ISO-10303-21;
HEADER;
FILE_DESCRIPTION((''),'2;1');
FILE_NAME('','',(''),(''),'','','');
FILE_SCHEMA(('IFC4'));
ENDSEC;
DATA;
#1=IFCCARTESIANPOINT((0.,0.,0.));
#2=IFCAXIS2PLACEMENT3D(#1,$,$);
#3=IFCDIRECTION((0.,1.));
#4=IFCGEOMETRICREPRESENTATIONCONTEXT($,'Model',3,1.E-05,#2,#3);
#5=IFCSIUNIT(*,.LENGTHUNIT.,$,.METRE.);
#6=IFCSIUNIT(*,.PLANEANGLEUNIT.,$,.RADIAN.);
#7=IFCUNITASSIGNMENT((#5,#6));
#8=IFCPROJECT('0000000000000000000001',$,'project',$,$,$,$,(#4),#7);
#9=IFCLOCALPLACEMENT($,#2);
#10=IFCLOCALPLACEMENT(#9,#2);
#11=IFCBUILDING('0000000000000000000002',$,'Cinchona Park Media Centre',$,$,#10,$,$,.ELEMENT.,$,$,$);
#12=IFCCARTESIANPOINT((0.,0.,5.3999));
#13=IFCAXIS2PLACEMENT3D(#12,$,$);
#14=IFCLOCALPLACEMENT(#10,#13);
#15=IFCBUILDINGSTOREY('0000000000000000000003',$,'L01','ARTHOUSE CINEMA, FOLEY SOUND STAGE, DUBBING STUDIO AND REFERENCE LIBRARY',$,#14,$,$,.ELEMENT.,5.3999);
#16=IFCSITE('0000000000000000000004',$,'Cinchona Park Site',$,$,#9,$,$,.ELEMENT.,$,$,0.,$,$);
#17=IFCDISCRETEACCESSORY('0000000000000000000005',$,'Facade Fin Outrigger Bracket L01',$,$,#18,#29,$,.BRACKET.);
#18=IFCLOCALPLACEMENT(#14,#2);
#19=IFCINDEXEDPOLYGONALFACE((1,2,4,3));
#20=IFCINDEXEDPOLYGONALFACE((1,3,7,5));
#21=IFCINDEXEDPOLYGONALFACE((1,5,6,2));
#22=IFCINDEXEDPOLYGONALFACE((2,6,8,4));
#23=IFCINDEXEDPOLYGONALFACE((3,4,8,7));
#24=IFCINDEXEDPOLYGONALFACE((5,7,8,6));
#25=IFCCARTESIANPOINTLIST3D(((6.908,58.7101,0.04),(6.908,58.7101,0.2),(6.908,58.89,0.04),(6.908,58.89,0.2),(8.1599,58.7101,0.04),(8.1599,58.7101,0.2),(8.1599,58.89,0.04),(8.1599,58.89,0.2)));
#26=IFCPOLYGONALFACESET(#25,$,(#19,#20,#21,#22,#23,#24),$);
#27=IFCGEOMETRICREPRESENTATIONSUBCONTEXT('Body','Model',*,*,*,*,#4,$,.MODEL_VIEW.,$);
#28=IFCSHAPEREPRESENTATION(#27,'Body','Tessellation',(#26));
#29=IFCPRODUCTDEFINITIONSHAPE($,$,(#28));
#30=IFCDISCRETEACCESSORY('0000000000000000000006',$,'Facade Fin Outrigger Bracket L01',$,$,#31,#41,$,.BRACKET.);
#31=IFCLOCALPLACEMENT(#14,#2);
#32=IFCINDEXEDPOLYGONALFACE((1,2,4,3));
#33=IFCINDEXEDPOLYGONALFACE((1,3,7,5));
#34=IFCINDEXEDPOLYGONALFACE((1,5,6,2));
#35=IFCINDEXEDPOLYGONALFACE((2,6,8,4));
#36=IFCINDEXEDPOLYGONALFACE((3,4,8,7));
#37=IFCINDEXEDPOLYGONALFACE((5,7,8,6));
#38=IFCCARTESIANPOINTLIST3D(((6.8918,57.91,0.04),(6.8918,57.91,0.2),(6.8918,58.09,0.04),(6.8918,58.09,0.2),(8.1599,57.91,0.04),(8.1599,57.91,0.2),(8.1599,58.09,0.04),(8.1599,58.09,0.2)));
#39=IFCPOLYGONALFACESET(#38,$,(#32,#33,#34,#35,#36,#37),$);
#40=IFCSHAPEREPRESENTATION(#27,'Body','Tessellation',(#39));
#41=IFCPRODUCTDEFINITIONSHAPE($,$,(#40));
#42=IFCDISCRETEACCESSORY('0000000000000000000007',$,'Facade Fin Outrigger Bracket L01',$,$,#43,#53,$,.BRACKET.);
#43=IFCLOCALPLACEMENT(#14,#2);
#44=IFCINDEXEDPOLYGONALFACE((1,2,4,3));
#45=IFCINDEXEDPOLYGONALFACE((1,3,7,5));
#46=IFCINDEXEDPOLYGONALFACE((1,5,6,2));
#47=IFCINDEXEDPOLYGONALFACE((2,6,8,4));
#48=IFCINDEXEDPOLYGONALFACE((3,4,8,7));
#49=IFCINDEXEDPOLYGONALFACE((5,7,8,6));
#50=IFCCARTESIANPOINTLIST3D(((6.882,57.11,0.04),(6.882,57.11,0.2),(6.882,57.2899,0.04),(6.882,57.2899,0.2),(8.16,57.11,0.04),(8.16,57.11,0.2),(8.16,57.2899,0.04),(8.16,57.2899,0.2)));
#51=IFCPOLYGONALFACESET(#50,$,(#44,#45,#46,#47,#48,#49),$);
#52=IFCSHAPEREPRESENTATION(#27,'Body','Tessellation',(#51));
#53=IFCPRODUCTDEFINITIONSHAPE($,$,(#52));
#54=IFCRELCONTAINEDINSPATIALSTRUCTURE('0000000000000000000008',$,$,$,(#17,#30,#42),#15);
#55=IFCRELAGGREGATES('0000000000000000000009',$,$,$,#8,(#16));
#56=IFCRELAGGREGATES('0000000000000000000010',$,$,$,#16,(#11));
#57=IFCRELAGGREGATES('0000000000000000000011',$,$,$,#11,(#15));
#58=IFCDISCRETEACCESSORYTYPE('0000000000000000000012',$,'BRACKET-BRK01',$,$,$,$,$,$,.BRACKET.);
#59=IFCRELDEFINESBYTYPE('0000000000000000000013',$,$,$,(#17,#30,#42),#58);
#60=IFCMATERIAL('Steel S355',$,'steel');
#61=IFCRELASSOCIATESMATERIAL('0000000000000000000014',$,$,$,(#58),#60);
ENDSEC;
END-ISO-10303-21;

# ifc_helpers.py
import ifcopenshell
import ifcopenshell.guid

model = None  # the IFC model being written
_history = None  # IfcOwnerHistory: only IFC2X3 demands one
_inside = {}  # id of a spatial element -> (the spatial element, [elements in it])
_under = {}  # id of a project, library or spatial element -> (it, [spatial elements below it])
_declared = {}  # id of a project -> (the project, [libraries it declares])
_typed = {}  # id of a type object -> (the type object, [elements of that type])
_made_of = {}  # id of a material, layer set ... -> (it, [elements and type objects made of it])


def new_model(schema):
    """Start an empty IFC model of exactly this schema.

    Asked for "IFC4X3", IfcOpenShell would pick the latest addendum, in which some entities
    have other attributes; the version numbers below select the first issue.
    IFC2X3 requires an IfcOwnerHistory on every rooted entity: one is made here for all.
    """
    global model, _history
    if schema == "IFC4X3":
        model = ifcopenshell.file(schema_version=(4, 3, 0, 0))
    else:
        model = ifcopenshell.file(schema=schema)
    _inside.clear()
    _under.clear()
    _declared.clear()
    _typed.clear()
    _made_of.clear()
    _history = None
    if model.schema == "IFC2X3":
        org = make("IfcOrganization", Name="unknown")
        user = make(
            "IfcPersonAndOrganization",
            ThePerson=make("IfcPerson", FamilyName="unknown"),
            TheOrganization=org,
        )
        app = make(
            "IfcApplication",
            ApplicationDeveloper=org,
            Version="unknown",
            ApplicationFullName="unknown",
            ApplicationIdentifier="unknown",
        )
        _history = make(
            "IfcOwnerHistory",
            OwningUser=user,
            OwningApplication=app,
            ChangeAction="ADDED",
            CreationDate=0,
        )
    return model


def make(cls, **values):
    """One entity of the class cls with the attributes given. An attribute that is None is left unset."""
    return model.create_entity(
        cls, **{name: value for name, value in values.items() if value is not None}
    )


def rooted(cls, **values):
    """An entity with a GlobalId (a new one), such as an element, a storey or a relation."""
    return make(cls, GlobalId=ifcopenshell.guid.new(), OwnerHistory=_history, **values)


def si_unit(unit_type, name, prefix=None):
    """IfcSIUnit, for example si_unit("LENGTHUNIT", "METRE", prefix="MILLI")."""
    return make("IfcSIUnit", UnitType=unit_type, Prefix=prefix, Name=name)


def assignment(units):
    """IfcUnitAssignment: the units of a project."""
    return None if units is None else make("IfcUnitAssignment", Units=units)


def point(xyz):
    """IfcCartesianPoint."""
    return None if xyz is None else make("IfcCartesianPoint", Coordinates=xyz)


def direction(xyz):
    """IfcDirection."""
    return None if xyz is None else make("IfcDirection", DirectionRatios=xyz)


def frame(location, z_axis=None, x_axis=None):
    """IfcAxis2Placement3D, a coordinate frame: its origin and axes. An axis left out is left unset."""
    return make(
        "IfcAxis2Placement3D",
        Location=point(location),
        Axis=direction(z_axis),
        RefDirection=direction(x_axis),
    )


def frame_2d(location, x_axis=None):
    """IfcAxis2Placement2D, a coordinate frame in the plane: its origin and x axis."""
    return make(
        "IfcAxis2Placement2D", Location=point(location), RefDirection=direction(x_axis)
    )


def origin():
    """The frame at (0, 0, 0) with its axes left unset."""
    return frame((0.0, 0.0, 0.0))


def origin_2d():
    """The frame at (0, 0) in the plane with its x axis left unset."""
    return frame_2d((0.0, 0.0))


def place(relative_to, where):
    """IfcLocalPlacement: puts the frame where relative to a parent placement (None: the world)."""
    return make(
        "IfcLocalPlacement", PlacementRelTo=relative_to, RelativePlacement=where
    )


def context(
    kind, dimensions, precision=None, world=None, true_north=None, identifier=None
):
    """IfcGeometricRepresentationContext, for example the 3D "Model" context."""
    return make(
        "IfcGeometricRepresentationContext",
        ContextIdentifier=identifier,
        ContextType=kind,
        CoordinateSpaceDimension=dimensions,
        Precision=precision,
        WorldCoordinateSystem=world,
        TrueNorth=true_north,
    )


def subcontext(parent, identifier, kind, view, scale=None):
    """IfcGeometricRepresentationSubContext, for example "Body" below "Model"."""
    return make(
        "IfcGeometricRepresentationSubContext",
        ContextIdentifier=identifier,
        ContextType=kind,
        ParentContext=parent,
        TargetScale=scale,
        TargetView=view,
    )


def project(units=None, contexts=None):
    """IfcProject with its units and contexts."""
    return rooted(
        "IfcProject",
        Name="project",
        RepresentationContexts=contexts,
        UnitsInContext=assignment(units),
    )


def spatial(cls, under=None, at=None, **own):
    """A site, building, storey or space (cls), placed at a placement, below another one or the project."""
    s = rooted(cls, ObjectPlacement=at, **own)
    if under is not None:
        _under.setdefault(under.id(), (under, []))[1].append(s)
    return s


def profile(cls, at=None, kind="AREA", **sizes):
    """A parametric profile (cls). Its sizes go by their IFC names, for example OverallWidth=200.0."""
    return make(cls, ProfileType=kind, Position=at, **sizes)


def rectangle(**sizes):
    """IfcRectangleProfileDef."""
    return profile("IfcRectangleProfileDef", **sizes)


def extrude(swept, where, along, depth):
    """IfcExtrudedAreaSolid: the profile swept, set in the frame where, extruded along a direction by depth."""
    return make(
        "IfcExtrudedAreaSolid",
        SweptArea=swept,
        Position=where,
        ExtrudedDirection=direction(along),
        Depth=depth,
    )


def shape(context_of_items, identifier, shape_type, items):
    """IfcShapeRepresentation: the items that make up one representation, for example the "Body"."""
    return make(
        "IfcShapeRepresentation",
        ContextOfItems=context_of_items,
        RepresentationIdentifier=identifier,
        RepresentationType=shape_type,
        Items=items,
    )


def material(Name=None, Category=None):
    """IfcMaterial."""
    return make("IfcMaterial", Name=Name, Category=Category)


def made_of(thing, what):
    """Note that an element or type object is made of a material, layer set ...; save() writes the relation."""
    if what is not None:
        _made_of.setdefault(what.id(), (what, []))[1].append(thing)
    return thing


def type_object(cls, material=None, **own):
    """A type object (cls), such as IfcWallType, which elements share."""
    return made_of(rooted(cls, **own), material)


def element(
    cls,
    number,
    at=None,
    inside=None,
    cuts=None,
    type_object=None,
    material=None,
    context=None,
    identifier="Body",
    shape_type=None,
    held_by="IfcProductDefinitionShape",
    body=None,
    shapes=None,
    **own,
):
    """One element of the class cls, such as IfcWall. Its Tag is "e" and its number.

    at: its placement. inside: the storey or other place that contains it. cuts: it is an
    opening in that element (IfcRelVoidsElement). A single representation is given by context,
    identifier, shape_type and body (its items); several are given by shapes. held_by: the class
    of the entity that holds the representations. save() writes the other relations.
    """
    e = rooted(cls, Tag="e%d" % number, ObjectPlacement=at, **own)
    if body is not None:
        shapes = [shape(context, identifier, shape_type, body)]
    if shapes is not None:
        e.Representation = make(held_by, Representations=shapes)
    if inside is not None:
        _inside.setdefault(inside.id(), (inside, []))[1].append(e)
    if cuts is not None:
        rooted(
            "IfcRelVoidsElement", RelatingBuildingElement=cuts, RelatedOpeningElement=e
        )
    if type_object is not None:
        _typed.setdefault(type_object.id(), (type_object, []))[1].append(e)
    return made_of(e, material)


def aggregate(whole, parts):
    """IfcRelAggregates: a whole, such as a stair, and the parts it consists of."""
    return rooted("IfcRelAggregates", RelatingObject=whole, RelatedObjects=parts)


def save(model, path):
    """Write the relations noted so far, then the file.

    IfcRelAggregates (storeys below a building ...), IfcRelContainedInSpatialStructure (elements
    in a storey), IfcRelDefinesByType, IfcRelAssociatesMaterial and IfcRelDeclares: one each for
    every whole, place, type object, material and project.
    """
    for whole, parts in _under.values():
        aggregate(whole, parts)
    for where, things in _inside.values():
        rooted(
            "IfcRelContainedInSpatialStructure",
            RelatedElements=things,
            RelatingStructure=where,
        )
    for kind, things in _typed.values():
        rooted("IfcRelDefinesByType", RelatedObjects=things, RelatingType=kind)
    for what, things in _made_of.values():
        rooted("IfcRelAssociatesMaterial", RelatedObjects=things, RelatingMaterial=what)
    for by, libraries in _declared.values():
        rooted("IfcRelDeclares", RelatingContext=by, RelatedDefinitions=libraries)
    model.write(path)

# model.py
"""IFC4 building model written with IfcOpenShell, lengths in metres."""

from ifc_helpers import new_model, si_unit, direction, frame, origin, origin_2d, place, context, subcontext, project, spatial, rectangle, extrude, material, type_object, element, save


model = new_model("IFC4")

# Units and contexts
model_context = context("Model", 3, precision=1e-05, world=origin(), true_north=direction((0.0, 1.0)))
body_context = subcontext(model_context, "Body", "Model", "MODEL_VIEW")
ifc_project = project(units=[si_unit("LENGTHUNIT", "METRE"), si_unit("PLANEANGLEUNIT", "RADIAN")], contexts=[model_context])

# Site, building, storey
site_placement = place(None, origin())
site = spatial("IfcSite", under=ifc_project, at=site_placement, Name="Cinchona Park Site", CompositionType="ELEMENT", RefElevation=0.0)
building_placement = place(site_placement, origin())
building = spatial("IfcBuilding", under=site, at=building_placement, Name="Cinchona Park Media Centre", CompositionType="ELEMENT")
storey_placement = place(building_placement, frame((0.0, 0.0, 5.3999)))
storey = spatial("IfcBuildingStorey", under=building, at=storey_placement, Name="L01", Description="ARTHOUSE CINEMA, FOLEY SOUND STAGE, DUBBING STUDIO AND REFERENCE LIBRARY", CompositionType="ELEMENT", Elevation=5.3999)

# Discrete accessories
ifc_material_1 = material(Name="Steel S355", Category="steel")
discrete_accessory_type = type_object("IfcDiscreteAccessoryType", Name="BRACKET-BRK01", PredefinedType="BRACKET", material=ifc_material_1)
discrete_accessory_1_placement = place(storey_placement, frame((7.5339, 58.8, 0.04), z_axis=(0.0, 0.0, 1.0), x_axis=(0.0, -1.0, 0.0)))
element("IfcDiscreteAccessory", 1, at=discrete_accessory_1_placement, inside=storey, type_object=discrete_accessory_type, Name="Facade Fin Outrigger Bracket L01", PredefinedType="BRACKET", context=body_context, shape_type="SweptSolid", body=[
    extrude(rectangle(XDim=0.1799, YDim=1.252, at=origin_2d()), origin(), (0.0, 0.0, 1.0), 0.1599),
])
discrete_accessory_2_placement = place(storey_placement, frame((7.5259, 58.0, 0.04), z_axis=(0.0, 0.0, 1.0), x_axis=(0.0, -1.0, 0.0)))
element("IfcDiscreteAccessory", 2, at=discrete_accessory_2_placement, inside=storey, type_object=discrete_accessory_type, Name="Facade Fin Outrigger Bracket L01", PredefinedType="BRACKET", context=body_context, shape_type="SweptSolid", body=[
    extrude(rectangle(XDim=0.1799, YDim=1.2681, at=origin_2d()), origin(), (0.0, 0.0, 1.0), 0.1599),
])
discrete_accessory_3_placement = place(storey_placement, frame((7.521, 57.2, 0.04), z_axis=(0.0, 0.0, 1.0), x_axis=(0.0, -1.0, 0.0)))
element("IfcDiscreteAccessory", 3, at=discrete_accessory_3_placement, inside=storey, type_object=discrete_accessory_type, Name="Facade Fin Outrigger Bracket L01", PredefinedType="BRACKET", context=body_context, shape_type="SweptSolid", body=[
    extrude(rectangle(XDim=0.1799, YDim=1.2781, at=origin_2d()), origin(), (0.0, 0.0, 1.0), 0.1599),
])

save(model, "model.ifc")
